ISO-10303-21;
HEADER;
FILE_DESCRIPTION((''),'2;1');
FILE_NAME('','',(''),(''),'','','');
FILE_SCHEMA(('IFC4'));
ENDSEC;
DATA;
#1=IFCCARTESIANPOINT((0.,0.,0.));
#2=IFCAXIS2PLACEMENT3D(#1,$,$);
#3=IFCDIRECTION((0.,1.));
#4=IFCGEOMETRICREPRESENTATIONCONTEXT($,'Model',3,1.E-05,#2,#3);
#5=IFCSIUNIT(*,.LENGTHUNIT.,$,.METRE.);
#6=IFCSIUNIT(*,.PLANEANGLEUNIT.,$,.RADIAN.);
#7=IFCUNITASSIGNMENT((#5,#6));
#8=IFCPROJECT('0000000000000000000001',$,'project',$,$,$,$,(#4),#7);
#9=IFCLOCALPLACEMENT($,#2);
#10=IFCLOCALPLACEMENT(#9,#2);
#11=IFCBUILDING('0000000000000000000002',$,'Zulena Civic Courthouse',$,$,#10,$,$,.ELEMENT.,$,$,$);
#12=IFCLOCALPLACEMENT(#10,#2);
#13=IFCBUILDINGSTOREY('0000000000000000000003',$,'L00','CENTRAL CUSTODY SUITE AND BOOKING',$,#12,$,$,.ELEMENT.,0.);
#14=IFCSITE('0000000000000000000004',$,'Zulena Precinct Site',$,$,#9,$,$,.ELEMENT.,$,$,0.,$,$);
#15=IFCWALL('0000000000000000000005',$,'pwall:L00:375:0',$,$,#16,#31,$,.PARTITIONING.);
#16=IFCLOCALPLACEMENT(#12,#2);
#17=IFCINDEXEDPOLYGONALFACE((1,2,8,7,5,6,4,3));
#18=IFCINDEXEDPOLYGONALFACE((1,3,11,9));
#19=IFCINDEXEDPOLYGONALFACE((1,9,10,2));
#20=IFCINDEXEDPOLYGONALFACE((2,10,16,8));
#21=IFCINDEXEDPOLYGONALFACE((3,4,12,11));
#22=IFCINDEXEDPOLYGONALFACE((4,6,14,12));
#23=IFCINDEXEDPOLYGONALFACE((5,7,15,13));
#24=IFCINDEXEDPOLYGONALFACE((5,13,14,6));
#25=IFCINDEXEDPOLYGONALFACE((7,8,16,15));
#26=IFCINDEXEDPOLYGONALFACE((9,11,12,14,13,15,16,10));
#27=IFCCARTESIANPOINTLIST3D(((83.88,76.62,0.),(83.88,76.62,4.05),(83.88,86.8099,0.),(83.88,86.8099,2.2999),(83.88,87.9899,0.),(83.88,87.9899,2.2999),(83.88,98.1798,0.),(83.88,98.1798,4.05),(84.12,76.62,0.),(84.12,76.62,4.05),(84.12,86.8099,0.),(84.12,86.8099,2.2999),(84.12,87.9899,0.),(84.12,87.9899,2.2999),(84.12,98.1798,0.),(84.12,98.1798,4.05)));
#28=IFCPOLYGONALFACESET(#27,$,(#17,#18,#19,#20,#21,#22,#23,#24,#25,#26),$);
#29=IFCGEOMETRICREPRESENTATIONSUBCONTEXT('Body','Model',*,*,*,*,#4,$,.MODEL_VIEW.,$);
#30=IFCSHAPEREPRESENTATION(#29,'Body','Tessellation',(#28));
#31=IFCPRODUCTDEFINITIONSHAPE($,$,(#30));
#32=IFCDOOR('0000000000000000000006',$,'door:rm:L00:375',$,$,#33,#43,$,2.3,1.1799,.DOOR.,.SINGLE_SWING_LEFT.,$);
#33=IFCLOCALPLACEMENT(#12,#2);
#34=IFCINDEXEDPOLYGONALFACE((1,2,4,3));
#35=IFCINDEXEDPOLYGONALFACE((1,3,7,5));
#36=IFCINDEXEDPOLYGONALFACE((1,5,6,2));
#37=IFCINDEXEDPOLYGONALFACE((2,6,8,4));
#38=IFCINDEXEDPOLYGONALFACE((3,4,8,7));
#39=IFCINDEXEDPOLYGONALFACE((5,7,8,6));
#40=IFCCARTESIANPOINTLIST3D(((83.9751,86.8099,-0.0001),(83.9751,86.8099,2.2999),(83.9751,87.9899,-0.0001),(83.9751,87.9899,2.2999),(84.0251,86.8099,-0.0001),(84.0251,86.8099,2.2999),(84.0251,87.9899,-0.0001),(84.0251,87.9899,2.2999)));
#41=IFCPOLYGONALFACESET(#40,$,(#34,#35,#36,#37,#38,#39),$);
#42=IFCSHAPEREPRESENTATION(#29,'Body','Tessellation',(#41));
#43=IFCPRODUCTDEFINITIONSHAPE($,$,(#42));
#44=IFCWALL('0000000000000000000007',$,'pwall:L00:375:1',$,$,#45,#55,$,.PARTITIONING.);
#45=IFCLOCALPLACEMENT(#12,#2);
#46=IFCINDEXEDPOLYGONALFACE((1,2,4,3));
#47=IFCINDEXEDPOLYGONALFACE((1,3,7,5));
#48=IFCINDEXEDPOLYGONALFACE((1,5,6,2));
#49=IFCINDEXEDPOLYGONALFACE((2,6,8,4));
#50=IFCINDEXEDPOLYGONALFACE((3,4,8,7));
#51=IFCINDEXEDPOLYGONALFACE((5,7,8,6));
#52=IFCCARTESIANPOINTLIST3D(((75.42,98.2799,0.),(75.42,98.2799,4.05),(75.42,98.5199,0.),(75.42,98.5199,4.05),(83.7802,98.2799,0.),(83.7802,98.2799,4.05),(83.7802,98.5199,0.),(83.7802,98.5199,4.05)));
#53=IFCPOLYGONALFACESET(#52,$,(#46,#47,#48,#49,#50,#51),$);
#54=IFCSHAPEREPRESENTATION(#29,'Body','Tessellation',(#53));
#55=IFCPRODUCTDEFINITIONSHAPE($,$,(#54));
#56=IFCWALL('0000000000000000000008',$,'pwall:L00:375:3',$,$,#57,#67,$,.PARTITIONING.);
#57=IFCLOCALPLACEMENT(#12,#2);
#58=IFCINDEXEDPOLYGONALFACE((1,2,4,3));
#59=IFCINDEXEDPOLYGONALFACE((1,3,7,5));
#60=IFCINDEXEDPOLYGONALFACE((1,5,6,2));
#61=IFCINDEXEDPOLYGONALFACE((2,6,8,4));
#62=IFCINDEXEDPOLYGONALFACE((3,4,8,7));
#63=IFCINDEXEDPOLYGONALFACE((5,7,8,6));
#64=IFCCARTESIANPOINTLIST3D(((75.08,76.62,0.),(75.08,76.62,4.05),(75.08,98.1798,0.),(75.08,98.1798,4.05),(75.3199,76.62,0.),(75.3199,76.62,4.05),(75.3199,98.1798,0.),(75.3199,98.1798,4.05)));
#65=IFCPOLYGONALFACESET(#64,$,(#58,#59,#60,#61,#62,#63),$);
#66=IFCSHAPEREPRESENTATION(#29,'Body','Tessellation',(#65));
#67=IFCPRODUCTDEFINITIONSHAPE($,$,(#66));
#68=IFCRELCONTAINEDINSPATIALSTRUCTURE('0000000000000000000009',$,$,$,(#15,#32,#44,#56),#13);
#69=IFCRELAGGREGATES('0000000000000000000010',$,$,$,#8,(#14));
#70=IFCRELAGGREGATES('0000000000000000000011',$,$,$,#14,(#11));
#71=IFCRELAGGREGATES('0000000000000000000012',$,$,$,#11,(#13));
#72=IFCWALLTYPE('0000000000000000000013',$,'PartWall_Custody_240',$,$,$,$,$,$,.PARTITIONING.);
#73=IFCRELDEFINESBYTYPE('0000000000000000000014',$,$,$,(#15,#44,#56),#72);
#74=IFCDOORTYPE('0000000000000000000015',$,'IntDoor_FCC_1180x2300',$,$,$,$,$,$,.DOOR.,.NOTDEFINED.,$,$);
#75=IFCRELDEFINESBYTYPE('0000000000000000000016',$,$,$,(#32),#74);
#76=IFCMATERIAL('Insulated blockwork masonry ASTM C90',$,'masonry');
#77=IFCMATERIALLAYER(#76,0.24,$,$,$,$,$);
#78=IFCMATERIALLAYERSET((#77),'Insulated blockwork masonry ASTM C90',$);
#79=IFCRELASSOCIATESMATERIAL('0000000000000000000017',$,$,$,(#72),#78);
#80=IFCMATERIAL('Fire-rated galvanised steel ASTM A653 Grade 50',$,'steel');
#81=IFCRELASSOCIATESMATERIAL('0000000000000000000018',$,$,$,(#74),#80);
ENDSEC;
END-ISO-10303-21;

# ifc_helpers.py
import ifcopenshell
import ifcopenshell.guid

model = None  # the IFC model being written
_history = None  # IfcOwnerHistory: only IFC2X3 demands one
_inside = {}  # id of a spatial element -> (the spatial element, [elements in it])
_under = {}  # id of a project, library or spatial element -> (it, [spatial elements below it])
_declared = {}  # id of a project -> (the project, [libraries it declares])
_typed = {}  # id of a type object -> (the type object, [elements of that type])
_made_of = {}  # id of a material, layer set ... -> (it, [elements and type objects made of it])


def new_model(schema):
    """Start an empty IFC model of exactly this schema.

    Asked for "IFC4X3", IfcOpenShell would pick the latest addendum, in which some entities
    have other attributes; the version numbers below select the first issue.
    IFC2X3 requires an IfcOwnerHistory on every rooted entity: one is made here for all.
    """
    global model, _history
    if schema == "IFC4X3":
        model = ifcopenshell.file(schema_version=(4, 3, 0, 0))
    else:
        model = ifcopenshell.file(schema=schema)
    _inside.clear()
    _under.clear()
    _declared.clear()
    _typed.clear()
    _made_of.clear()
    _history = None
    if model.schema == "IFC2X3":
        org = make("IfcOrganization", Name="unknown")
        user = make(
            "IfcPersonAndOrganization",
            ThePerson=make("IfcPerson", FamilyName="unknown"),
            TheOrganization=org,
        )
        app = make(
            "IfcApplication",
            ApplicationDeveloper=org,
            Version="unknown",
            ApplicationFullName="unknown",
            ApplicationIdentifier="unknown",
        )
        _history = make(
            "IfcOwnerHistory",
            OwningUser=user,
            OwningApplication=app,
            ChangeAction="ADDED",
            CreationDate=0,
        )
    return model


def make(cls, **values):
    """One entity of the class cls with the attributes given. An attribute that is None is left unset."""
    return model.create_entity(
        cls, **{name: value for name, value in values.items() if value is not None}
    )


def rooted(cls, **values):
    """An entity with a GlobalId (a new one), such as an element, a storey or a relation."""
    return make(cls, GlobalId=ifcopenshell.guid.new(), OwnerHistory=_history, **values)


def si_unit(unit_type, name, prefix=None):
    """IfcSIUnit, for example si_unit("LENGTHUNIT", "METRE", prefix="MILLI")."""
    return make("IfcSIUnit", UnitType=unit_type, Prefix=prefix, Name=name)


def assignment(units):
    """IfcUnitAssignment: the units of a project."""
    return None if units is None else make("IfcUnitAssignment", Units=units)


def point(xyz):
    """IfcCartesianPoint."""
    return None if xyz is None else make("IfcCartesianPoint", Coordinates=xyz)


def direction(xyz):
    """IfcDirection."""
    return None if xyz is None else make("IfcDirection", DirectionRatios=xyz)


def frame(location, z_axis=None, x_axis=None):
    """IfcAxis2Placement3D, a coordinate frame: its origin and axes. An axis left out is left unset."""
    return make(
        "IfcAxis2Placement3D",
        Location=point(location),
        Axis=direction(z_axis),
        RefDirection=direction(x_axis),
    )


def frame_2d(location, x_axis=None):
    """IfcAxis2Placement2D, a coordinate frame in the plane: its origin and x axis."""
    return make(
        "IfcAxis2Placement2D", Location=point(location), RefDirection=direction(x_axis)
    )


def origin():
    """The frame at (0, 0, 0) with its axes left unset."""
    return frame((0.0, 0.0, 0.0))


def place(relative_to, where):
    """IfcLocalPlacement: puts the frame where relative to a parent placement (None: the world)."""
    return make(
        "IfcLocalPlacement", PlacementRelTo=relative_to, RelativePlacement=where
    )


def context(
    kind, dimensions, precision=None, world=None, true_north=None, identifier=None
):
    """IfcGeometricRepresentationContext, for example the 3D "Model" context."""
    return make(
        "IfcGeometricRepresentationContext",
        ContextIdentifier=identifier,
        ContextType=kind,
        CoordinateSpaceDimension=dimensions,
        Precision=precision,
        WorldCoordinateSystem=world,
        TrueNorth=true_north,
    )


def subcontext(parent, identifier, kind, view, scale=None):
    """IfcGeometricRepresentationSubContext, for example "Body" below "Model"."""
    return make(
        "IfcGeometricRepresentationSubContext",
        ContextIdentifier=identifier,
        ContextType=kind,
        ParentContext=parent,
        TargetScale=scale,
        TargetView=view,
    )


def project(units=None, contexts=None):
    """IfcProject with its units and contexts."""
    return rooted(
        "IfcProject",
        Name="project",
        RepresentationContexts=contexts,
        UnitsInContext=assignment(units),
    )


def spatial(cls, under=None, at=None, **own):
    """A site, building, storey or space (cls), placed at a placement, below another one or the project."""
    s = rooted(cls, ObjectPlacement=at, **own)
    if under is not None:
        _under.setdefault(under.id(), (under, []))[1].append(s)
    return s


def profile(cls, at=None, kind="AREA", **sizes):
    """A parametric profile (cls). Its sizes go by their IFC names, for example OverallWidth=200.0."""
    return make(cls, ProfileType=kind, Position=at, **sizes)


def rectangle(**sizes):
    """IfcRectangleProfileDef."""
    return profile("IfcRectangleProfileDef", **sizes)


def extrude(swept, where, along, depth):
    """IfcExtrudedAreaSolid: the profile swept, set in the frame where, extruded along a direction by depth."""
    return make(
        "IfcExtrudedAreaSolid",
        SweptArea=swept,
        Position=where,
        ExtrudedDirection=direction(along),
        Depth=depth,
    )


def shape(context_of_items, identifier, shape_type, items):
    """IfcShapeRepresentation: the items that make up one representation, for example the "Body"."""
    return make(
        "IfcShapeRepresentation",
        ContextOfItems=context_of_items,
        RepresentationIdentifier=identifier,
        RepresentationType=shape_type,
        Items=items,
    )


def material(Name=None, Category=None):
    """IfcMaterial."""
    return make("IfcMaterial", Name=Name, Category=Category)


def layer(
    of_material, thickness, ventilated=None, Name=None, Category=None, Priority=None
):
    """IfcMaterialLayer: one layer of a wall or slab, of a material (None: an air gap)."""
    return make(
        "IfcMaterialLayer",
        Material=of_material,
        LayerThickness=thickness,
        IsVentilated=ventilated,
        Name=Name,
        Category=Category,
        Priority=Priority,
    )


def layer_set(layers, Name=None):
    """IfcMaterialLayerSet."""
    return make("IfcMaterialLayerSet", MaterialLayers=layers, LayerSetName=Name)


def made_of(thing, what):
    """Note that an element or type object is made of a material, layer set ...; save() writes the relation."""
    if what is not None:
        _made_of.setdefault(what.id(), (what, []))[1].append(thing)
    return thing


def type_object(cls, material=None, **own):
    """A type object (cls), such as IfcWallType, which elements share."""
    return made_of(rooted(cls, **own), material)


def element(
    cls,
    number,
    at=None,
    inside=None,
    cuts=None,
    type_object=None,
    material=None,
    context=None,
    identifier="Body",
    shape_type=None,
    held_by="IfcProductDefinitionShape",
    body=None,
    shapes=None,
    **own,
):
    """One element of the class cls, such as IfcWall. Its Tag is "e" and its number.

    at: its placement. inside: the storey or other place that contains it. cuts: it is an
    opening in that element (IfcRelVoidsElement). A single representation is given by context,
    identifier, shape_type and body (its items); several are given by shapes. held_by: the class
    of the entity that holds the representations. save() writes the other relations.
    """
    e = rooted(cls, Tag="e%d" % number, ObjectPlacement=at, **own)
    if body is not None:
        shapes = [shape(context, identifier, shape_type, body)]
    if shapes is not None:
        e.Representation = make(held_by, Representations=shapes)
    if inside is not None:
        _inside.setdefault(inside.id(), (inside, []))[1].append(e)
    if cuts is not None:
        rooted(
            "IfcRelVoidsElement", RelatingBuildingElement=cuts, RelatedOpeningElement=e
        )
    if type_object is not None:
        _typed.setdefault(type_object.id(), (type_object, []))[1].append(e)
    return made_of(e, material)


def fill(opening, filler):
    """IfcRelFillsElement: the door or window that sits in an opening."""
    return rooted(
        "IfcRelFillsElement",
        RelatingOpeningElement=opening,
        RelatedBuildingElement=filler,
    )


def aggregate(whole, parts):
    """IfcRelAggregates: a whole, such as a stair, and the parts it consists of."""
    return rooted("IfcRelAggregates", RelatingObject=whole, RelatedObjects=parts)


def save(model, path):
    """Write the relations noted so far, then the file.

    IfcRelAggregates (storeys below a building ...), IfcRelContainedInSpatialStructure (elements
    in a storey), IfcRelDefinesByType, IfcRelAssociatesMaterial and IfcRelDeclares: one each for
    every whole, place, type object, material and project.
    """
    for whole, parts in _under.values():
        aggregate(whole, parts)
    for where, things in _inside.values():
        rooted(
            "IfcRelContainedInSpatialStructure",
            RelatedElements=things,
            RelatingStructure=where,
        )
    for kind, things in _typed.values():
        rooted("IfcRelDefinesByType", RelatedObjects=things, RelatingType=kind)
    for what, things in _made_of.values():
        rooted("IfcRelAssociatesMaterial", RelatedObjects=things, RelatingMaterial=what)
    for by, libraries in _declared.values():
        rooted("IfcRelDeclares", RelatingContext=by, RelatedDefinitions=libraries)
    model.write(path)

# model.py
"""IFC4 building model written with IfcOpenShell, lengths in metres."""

from ifc_helpers import new_model, si_unit, direction, frame, frame_2d, origin, place, context, subcontext, project, spatial, rectangle, extrude, material, layer, layer_set, type_object, element, fill, save


model = new_model("IFC4")

# Units and contexts
model_context = context("Model", 3, precision=1e-05, world=origin(), true_north=direction((0.0, 1.0)))
body_context = subcontext(model_context, "Body", "Model", "MODEL_VIEW")
ifc_project = project(units=[si_unit("LENGTHUNIT", "METRE"), si_unit("PLANEANGLEUNIT", "RADIAN")], contexts=[model_context])

# Site, building, storey
site_placement = place(None, origin())
site = spatial("IfcSite", under=ifc_project, at=site_placement, Name="Zulena Precinct Site", CompositionType="ELEMENT", RefElevation=0.0)
building_placement = place(site_placement, origin())
building = spatial("IfcBuilding", under=site, at=building_placement, Name="Zulena Civic Courthouse", CompositionType="ELEMENT")
storey_placement = place(building_placement, origin())
storey = spatial("IfcBuildingStorey", under=building, at=storey_placement, Name="L00", Description="CENTRAL CUSTODY SUITE AND BOOKING", CompositionType="ELEMENT", Elevation=0.0)

# Wall, opening, door
ifc_material_1 = material(Name="Insulated blockwork masonry ASTM C90", Category="masonry")
ifc_layer = layer(ifc_material_1, 0.24)
ifc_layer_set = layer_set([ifc_layer], Name="Insulated blockwork masonry ASTM C90")
wall_type = type_object("IfcWallType", Name="PartWall_Custody_240", PredefinedType="PARTITIONING", material=ifc_layer_set)
wall_1_placement = place(storey_placement, frame((84.0, 76.6201, 0.0), z_axis=(0.0, 0.0, 1.0), x_axis=(0.0, 1.0, 0.0)))
wall_1 = element("IfcWall", 1, at=wall_1_placement, inside=storey, type_object=wall_type, Name="pwall:L00:375:0", PredefinedType="PARTITIONING", context=body_context, shape_type="SweptSolid", body=[
    extrude(rectangle(XDim=21.5598, YDim=0.24, at=frame_2d((10.7798, 0.0))), origin(), (0.0, 0.0, 1.0), 4.05),
])
opening_placement = place(wall_1_placement, frame((10.1899, 0.0, 0.0)))
opening = element("IfcOpeningElement", 2, at=opening_placement, cuts=wall_1, PredefinedType="OPENING", context=body_context, shape_type="SweptSolid", body=[
    extrude(rectangle(XDim=1.1799, YDim=2.3, at=frame_2d((0.5898, 1.1499))), frame((0.0, 0.1299, 0.0), z_axis=(0.0, -1.0, 0.0), x_axis=(1.0, 0.0, 0.0)), (0.0, 0.0, 1.0), 0.26),
])
ifc_material_2 = material(Name="Fire-rated galvanised steel ASTM A653 Grade 50", Category="steel")
door_type = type_object("IfcDoorType", Name="IntDoor_FCC_1180x2300", OperationType="NOTDEFINED", PredefinedType="DOOR", material=ifc_material_2)
door_placement = place(opening_placement, origin())
door = element("IfcDoor", 3, at=door_placement, inside=storey, type_object=door_type, Name="door:rm:L00:375", OperationType="SINGLE_SWING_LEFT", OverallHeight=2.3, OverallWidth=1.1799, PredefinedType="DOOR", context=body_context, shape_type="SweptSolid", body=[
    extrude(rectangle(XDim=1.1799, YDim=2.3, at=frame_2d((0.5898, 1.1499))), frame((0.0, 0.0249, 0.0), z_axis=(0.0, -1.0, 0.0), x_axis=(1.0, 0.0, 0.0)), (0.0, 0.0, 1.0), 0.05),
])
fill(opening, door)

# Walls
wall_2_placement = place(storey_placement, frame((75.4199, 98.3999, 0.0), z_axis=(0.0, 0.0, 1.0), x_axis=(1.0, 0.0, 0.0)))
element("IfcWall", 4, at=wall_2_placement, inside=storey, type_object=wall_type, Name="pwall:L00:375:1", PredefinedType="PARTITIONING", context=body_context, shape_type="SweptSolid", body=[
    extrude(rectangle(XDim=8.3601, YDim=0.24, at=frame_2d((4.1802, 0.0))), origin(), (0.0, 0.0, 1.0), 4.05),
])
wall_3_placement = place(storey_placement, frame((75.2, 76.6201, 0.0), z_axis=(0.0, 0.0, 1.0), x_axis=(0.0, 1.0, 0.0)))
element("IfcWall", 5, at=wall_3_placement, inside=storey, type_object=wall_type, Name="pwall:L00:375:3", PredefinedType="PARTITIONING", context=body_context, shape_type="SweptSolid", body=[
    extrude(rectangle(XDim=21.5598, YDim=0.24, at=frame_2d((10.7798, 0.0))), origin(), (0.0, 0.0, 1.0), 4.05),
])

save(model, "model.ifc")
